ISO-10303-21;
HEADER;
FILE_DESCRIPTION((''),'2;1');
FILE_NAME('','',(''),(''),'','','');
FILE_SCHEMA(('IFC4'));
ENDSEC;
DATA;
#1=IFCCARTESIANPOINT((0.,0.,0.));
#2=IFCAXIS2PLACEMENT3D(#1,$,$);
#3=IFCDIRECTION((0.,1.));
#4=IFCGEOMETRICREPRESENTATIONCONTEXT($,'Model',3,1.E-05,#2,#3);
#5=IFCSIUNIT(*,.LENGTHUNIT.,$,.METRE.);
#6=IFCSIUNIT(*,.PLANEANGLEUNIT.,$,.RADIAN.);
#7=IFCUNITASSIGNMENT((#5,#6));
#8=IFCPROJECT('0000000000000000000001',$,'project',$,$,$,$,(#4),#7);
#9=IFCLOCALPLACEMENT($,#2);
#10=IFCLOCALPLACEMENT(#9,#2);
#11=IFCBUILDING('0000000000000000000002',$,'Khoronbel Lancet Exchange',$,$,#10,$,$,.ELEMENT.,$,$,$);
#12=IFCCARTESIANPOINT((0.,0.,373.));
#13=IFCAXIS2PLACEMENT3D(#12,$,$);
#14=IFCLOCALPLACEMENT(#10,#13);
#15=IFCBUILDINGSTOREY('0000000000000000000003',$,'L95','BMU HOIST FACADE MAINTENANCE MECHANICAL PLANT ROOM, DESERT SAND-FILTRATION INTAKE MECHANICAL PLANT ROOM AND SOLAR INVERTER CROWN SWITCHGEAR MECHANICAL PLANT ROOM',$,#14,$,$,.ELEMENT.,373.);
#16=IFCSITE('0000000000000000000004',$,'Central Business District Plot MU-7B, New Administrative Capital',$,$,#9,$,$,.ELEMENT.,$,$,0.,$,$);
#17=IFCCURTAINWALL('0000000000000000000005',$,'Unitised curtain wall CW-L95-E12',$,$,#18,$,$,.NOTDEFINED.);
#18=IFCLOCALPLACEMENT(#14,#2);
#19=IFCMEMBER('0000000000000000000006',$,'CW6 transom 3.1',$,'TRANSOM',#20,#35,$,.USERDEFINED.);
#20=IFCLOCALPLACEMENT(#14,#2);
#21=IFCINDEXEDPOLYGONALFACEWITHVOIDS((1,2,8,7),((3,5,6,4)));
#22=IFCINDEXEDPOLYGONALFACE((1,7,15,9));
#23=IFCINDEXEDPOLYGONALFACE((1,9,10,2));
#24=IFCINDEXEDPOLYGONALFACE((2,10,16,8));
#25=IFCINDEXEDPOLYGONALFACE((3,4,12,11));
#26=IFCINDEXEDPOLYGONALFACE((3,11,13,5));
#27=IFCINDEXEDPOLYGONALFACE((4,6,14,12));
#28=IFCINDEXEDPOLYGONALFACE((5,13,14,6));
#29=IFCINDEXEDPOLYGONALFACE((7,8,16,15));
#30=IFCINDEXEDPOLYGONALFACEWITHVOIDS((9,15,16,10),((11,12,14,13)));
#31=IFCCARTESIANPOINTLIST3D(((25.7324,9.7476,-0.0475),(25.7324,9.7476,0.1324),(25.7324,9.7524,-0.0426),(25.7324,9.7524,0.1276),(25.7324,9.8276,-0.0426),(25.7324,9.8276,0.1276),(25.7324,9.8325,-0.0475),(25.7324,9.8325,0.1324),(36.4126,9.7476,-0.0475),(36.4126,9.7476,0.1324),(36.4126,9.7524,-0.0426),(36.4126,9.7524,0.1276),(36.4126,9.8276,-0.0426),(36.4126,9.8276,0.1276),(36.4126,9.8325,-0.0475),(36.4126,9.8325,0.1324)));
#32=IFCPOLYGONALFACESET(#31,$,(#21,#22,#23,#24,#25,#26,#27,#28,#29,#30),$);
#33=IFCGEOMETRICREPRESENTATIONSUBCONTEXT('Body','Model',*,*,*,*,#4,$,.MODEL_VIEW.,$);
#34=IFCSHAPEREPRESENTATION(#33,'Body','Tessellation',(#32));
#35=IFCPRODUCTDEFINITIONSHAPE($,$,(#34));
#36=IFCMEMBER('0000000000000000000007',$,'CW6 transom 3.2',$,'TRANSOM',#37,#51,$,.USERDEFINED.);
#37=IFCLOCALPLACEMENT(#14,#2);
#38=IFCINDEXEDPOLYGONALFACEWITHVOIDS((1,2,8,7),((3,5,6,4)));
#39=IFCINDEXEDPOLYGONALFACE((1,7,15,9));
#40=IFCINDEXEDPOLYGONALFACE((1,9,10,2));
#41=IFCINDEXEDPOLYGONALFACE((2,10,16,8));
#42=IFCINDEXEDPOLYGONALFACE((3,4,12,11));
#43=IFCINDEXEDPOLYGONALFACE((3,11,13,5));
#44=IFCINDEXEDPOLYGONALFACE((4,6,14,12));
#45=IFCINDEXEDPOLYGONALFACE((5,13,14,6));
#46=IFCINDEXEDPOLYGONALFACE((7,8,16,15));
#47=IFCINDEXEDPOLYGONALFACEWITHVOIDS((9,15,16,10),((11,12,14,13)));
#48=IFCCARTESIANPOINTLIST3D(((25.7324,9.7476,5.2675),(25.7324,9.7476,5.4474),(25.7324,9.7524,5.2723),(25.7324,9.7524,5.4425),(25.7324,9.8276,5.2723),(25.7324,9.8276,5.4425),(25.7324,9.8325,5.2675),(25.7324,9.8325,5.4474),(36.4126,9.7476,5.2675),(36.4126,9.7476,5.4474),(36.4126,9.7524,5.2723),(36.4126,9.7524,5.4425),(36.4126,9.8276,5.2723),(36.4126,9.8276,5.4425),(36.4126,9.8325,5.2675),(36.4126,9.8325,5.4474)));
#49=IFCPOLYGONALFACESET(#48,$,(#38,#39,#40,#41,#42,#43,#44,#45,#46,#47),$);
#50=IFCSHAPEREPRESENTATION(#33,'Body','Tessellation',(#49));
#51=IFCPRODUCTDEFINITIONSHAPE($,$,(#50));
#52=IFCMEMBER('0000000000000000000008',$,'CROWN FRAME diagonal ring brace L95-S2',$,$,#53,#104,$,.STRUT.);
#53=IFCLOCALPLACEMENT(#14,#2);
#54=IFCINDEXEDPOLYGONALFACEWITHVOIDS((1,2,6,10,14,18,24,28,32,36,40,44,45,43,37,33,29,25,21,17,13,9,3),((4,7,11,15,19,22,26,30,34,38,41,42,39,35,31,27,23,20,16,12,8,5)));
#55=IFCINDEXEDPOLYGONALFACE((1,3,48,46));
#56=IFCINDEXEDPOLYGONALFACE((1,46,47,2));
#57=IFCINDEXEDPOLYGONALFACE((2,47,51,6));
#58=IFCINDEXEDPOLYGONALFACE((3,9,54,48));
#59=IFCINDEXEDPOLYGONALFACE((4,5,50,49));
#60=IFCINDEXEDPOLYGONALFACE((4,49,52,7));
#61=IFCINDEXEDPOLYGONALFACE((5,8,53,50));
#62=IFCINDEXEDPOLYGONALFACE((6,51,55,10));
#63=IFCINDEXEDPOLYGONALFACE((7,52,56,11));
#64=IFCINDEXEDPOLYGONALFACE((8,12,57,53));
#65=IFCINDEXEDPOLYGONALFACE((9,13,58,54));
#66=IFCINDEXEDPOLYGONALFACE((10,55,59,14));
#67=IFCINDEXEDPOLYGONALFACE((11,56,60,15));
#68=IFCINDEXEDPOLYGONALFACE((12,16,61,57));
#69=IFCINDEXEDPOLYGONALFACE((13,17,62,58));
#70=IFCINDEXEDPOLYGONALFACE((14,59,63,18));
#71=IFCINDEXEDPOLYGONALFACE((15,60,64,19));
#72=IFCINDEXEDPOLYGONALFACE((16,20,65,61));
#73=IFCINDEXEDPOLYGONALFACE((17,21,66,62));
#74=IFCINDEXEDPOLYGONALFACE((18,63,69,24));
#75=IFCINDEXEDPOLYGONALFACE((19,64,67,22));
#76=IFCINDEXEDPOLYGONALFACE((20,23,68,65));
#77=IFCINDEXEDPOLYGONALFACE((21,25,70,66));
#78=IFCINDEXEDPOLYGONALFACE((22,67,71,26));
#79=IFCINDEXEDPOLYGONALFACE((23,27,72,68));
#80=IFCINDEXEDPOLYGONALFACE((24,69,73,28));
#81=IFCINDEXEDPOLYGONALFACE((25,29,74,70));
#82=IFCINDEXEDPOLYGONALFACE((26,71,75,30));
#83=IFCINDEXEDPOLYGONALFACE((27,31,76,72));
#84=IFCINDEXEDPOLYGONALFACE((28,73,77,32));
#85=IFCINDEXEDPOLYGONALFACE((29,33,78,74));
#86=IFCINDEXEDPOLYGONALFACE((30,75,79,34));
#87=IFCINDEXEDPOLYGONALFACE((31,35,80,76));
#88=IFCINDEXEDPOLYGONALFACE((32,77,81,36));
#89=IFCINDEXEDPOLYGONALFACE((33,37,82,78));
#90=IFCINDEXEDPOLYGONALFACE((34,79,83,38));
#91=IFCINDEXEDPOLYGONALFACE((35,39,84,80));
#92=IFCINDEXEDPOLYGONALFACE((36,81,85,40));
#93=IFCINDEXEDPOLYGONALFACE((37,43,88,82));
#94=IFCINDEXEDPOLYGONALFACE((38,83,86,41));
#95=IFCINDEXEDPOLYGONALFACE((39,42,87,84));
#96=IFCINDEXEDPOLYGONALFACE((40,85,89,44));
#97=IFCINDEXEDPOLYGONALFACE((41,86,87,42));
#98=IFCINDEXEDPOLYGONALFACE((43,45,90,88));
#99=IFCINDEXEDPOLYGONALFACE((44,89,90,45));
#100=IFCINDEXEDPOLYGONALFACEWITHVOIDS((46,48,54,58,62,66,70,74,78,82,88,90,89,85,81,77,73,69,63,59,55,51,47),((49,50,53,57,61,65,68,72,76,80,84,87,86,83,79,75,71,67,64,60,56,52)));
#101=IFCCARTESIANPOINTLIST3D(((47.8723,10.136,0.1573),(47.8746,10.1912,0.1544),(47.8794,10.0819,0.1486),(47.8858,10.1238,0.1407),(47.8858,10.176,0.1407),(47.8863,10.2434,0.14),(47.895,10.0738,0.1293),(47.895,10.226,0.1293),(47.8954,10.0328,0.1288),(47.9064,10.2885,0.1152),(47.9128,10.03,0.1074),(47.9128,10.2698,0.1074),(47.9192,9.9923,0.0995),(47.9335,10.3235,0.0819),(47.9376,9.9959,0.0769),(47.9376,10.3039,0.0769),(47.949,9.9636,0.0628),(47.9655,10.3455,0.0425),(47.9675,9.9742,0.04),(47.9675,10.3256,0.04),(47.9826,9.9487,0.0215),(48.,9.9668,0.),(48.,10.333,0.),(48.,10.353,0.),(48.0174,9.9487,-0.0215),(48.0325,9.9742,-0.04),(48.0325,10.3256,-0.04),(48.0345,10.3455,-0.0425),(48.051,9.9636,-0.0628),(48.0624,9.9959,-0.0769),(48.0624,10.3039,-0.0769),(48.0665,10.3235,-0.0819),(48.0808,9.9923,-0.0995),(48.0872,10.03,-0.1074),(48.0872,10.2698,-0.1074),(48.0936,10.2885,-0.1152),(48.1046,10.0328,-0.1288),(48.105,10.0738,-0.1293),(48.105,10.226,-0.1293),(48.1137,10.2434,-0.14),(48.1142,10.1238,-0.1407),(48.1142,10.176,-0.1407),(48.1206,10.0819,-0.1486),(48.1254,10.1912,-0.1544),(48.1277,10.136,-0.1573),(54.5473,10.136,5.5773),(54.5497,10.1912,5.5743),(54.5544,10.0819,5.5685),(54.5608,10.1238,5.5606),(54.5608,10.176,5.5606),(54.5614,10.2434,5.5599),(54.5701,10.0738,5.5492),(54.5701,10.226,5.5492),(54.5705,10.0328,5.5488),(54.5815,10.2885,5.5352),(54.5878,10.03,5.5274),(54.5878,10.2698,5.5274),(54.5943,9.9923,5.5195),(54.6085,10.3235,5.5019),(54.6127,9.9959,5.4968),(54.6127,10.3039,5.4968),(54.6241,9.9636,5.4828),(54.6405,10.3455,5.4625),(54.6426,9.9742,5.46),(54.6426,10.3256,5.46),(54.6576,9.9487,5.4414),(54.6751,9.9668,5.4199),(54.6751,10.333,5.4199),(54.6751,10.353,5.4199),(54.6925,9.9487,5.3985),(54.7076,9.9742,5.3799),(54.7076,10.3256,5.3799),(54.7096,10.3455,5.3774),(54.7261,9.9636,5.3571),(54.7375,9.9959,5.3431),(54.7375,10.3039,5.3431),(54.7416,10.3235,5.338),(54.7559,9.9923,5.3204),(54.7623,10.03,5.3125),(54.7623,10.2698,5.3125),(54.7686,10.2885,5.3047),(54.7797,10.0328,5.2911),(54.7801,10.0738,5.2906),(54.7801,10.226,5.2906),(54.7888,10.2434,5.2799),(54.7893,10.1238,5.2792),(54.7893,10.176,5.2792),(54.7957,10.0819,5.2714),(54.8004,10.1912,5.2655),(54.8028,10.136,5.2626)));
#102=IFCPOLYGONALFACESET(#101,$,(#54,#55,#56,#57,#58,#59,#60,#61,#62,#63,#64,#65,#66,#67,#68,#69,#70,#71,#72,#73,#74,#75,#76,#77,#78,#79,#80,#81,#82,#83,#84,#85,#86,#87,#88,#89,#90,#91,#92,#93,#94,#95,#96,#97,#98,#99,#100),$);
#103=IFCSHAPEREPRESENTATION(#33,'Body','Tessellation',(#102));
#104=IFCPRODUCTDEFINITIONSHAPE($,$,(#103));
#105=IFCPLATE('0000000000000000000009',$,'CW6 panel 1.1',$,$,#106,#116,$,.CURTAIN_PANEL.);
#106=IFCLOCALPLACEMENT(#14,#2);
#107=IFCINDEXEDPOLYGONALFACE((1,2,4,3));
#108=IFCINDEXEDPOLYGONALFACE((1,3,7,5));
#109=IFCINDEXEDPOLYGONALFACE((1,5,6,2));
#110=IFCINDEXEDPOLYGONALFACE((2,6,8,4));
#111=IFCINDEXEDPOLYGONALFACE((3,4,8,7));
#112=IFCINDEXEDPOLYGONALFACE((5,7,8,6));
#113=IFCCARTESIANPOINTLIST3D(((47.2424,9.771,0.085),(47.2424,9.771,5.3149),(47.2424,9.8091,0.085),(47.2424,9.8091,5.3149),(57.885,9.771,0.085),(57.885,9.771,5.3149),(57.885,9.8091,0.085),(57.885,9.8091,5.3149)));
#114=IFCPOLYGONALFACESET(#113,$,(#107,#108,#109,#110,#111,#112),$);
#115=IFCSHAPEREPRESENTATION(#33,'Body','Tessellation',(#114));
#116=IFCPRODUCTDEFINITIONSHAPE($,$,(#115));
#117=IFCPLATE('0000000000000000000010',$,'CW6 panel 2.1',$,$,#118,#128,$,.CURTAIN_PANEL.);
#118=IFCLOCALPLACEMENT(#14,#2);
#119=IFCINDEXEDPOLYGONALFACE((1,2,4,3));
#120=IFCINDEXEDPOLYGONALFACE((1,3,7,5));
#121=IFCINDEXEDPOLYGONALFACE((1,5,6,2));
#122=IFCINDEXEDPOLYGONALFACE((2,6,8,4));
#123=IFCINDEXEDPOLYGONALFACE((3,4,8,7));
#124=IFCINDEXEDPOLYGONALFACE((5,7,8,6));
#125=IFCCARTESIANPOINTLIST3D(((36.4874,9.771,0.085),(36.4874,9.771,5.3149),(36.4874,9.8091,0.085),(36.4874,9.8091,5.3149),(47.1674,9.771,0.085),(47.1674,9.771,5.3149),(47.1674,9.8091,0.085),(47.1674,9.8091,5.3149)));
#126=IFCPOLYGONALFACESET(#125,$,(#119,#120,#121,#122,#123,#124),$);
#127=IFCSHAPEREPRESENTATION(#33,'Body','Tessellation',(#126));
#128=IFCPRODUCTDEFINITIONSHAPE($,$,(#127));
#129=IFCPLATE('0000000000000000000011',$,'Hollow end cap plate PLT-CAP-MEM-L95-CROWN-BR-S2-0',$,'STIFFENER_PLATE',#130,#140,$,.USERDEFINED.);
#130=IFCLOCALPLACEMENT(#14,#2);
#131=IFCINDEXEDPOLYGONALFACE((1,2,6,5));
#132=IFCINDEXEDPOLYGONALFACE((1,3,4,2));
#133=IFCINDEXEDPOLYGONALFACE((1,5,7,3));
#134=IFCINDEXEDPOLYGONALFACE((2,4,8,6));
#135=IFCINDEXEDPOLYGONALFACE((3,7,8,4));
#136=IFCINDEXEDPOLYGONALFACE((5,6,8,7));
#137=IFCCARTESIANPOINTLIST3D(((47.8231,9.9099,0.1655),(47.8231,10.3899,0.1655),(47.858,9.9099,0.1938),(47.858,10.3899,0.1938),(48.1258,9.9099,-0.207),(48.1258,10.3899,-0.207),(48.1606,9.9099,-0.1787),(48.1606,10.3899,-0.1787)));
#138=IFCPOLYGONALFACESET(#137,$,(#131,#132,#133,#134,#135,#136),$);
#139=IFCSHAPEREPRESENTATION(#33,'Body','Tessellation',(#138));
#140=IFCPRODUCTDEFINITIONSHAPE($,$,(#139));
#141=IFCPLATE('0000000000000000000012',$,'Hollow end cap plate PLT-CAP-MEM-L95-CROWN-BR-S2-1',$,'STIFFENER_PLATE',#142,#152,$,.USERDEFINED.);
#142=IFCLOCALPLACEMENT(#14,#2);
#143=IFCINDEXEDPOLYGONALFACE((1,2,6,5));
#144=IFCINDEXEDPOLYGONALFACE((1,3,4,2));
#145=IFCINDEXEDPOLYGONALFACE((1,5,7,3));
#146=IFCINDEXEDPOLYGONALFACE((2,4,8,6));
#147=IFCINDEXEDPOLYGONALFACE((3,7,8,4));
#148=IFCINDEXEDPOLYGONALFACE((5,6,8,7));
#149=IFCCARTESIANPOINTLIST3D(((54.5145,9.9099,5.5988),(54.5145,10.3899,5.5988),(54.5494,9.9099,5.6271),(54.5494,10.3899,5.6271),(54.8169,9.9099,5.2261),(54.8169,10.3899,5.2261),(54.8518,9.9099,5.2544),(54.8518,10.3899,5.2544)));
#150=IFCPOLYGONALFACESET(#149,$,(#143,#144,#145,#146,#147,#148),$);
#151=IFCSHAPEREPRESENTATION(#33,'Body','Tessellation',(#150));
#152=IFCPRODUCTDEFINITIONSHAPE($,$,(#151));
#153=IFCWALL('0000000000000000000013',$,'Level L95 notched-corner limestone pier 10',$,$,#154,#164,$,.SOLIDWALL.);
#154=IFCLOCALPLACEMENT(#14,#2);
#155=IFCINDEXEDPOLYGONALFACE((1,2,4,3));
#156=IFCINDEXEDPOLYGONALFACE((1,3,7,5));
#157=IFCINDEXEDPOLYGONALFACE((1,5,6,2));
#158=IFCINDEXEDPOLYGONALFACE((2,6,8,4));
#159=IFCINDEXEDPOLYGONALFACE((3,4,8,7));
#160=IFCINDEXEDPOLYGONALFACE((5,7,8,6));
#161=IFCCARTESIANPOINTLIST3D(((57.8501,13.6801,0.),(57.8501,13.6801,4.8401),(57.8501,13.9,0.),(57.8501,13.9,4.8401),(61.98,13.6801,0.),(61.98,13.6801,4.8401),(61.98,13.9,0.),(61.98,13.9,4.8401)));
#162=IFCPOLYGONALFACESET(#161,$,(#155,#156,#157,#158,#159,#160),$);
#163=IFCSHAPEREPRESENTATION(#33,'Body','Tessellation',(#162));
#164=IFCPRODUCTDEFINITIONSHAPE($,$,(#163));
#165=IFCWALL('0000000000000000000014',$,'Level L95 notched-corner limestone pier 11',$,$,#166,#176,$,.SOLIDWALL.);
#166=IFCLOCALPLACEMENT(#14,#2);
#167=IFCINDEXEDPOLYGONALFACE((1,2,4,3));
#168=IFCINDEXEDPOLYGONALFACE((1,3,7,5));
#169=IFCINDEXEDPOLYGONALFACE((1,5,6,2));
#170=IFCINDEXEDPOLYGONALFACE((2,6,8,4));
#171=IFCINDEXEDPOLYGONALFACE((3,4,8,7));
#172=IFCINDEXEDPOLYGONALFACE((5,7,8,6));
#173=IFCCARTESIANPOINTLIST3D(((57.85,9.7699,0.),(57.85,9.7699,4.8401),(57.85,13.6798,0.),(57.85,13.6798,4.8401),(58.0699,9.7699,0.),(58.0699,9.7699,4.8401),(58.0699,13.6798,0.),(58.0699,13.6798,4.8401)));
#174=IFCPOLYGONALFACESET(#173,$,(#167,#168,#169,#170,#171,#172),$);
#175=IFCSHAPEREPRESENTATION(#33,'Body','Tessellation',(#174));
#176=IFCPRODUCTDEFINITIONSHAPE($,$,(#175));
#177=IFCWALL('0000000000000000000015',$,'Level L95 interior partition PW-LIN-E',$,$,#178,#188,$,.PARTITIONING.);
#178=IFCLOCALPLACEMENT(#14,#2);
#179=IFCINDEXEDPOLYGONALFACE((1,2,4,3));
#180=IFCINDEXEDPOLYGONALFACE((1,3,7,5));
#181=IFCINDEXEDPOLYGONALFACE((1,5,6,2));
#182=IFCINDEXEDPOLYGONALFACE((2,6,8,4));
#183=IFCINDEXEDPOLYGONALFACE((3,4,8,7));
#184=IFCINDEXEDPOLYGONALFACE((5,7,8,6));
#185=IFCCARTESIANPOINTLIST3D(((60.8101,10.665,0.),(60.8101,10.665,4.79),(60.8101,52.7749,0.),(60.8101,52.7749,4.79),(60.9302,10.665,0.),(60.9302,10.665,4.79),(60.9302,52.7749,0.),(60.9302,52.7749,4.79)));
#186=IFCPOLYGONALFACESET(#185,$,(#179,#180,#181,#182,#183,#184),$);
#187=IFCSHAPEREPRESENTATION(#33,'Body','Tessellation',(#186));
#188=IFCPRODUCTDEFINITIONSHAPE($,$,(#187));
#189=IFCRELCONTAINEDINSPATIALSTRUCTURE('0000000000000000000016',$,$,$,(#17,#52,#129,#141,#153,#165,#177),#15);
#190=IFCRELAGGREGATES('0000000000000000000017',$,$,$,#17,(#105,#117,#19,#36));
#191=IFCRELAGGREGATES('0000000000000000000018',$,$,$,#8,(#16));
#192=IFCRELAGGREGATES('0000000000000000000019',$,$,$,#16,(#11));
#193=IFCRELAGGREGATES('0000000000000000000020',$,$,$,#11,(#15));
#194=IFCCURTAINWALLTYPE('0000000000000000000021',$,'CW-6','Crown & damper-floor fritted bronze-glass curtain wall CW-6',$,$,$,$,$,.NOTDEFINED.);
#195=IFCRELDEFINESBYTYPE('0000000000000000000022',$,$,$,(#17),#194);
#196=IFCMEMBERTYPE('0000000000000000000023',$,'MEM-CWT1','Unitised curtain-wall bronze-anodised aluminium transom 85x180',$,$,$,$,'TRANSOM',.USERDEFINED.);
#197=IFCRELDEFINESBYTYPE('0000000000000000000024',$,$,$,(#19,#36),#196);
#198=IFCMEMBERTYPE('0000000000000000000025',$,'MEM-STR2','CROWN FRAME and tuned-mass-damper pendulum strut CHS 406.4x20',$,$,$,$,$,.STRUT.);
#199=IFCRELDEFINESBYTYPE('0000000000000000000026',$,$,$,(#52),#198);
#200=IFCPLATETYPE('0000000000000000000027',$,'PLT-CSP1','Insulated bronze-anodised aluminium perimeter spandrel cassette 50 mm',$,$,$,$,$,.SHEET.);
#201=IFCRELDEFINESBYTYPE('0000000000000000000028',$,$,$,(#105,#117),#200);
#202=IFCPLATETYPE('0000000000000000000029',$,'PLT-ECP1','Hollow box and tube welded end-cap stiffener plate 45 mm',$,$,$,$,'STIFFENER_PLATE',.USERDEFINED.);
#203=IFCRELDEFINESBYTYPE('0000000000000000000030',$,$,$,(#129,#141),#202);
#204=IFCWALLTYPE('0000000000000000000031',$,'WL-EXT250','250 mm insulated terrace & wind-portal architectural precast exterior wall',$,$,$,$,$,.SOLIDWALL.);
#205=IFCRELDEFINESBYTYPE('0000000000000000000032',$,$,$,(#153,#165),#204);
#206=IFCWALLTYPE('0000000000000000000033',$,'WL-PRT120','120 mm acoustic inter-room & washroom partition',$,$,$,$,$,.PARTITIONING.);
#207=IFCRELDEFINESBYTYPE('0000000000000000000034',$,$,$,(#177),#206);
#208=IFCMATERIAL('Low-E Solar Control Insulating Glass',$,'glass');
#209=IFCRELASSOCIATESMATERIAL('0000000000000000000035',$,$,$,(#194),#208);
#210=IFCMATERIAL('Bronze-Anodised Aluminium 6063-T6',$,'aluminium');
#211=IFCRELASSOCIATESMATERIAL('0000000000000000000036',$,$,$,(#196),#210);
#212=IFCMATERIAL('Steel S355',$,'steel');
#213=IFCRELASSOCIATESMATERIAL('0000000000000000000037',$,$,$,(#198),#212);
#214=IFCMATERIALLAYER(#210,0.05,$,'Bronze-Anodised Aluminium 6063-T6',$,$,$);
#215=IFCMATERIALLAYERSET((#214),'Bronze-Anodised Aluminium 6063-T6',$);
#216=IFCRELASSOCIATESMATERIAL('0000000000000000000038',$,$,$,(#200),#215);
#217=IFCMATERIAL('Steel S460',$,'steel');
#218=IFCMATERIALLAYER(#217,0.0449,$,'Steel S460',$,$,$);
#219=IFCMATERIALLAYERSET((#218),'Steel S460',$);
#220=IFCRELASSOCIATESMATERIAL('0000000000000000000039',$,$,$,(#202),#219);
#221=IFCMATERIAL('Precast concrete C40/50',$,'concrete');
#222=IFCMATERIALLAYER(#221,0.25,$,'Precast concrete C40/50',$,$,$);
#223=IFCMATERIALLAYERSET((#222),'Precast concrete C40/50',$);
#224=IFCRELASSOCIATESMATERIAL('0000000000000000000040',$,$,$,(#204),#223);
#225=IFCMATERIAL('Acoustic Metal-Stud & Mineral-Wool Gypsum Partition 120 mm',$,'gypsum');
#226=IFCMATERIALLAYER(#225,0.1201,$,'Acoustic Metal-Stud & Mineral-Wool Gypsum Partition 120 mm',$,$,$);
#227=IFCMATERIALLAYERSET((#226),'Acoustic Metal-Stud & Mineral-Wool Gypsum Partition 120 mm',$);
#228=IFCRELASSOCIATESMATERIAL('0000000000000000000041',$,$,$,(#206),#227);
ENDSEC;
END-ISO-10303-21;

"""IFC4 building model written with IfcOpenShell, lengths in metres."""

from ifc_helpers import new_model, si_unit, direction, frame, frame_2d, origin, origin_2d, place, context, subcontext, project, spatial, polyline, rectangle, hollow_rectangle, hollow_circle, outline, extrude, material, layer, layer_set, material_profile, profile_set, type_object, element, aggregate, save


model = new_model("IFC4")

# Units and contexts
model_context = context("Model", 3, precision=1e-05, world=origin(), true_north=direction((0.0, 1.0)))
body_context = subcontext(model_context, "Body", "Model", "MODEL_VIEW")
ifc_project = project(units=[si_unit("LENGTHUNIT", "METRE"), si_unit("PLANEANGLEUNIT", "RADIAN")], contexts=[model_context])

# Site, building, storey
site_placement = place(None, origin())
site = spatial("IfcSite", under=ifc_project, at=site_placement, Name="Central Business District Plot MU-7B, New Administrative Capital", CompositionType="ELEMENT", RefElevation=0.0)
building_placement = place(site_placement, origin())
building = spatial("IfcBuilding", under=site, at=building_placement, Name="Khoronbel Lancet Exchange", CompositionType="ELEMENT")
storey_placement = place(building_placement, frame((0.0, 0.0, 373.0)))
storey = spatial("IfcBuildingStorey", under=building, at=storey_placement, Name="L95", Description="BMU HOIST FACADE MAINTENANCE MECHANICAL PLANT ROOM, DESERT SAND-FILTRATION INTAKE MECHANICAL PLANT ROOM AND SOLAR INVERTER CROWN SWITCHGEAR MECHANICAL PLANT ROOM", CompositionType="ELEMENT", Elevation=373.0)

# Shared definitions
ifc_material_1 = material(Name="Steel S460", Category="steel")

# Shared definitions
ifc_material_2 = material(Name="Steel S355", Category="steel")

# Shared definitions
ifc_material_3 = material(Name="Low-E Solar Control Insulating Glass", Category="glass")
curtain_wall_type = type_object("IfcCurtainWallType", Name="CW-6", Description="Crown & damper-floor fritted bronze-glass curtain wall CW-6", PredefinedType="NOTDEFINED", material=ifc_material_3)
ifc_material_4 = material(Name="Bronze-Anodised Aluminium 6063-T6", Category="aluminium")

# Curtain wall, members
curtain_wall_1_placement = place(storey_placement, origin())
curtain_wall_1 = element("IfcCurtainWall", 1, at=curtain_wall_1_placement, inside=storey, type_object=curtain_wall_type, Name="Unitised curtain wall CW-L95-E12", PredefinedType="NOTDEFINED")
ifc_material_profile_1 = material_profile(ifc_material_4, hollow_rectangle(XDim=0.085, YDim=0.1799, WallThickness=0.0049, at=origin_2d()), Name="ALU TRANSOM 85x180")
ifc_profile_set_1 = profile_set([ifc_material_profile_1], Name="Bronze-Anodised Aluminium 6063-T6")
member_type_1 = type_object("IfcMemberType", Name="MEM-CWT1", Description="Unitised curtain-wall bronze-anodised aluminium transom 85x180", ElementType="TRANSOM", PredefinedType="USERDEFINED", material=ifc_profile_set_1)
member_1_placement = place(storey_placement, frame((36.4126, 9.79, 0.0425), z_axis=(-1.0, 0.0, 0.0), x_axis=(0.0, -1.0, 0.0)))
member_1 = element("IfcMember", 2, at=member_1_placement, type_object=member_type_1, Name="CW6 transom 3.1", ObjectType="TRANSOM", PredefinedType="USERDEFINED", context=body_context, shape_type="SweptSolid", body=[
    extrude(hollow_rectangle(XDim=0.085, YDim=0.1799, WallThickness=0.0049, at=origin_2d()), origin(), (0.0, 0.0, 1.0), 10.6802),
])
member_2_placement = place(storey_placement, frame((36.4126, 9.79, 5.3574), z_axis=(-1.0, 0.0, 0.0), x_axis=(0.0, -1.0, 0.0)))
member_2 = element("IfcMember", 3, at=member_2_placement, type_object=member_type_1, Name="CW6 transom 3.2", ObjectType="TRANSOM", PredefinedType="USERDEFINED", context=body_context, shape_type="SweptSolid", body=[
    extrude(hollow_rectangle(XDim=0.085, YDim=0.1799, WallThickness=0.0049, at=origin_2d()), origin(), (0.0, 0.0, 1.0), 10.6802),
])

# Member
ifc_material_profile_2 = material_profile(ifc_material_2, hollow_circle(Radius=0.2031, WallThickness=0.02, at=origin_2d()), Name="CHS 406.4x20")
ifc_profile_set_2 = profile_set([ifc_material_profile_2], Name="Steel S355")
member_type_2 = type_object("IfcMemberType", Name="MEM-STR2", Description="CROWN FRAME and tuned-mass-damper pendulum strut CHS 406.4x20", PredefinedType="STRUT", material=ifc_profile_set_2)
member_3_placement = place(storey_placement, frame((48.0, 10.1499, 0.0), z_axis=(0.776316, 0.0, 0.630344), x_axis=(0.0, 1.0, 0.0)))
element("IfcMember", 4, at=member_3_placement, inside=storey, type_object=member_type_2, Name="CROWN FRAME diagonal ring brace L95-S2", PredefinedType="STRUT", context=body_context, shape_type="SweptSolid", body=[
    extrude(hollow_circle(Radius=0.2031, WallThickness=0.02, at=origin_2d()), origin(), (0.0, 0.0, 1.0), 8.5984),
])

# Plates
ifc_layer_1 = layer(ifc_material_4, 0.05, Name="Bronze-Anodised Aluminium 6063-T6")
ifc_layer_set_1 = layer_set([ifc_layer_1], Name="Bronze-Anodised Aluminium 6063-T6")
plate_type_1 = type_object("IfcPlateType", Name="PLT-CSP1", Description="Insulated bronze-anodised aluminium perimeter spandrel cassette 50 mm", PredefinedType="SHEET", material=ifc_layer_set_1)
plate_1_placement = place(storey_placement, frame((52.5637, 9.79, 0.085), z_axis=(0.0, 0.0, 1.0), x_axis=(-1.0, 0.0, 0.0)))
plate_1 = element("IfcPlate", 5, at=plate_1_placement, type_object=plate_type_1, Name="CW6 panel 1.1", PredefinedType="CURTAIN_PANEL", context=body_context, shape_type="SweptSolid", body=[
    extrude(rectangle(XDim=10.6426, YDim=0.0381, at=origin_2d()), origin(), (0.0, 0.0, 1.0), 5.23),
])
plate_2_placement = place(storey_placement, frame((41.8274, 9.79, 0.085), z_axis=(0.0, 0.0, 1.0), x_axis=(-1.0, 0.0, 0.0)))
plate_2 = element("IfcPlate", 6, at=plate_2_placement, type_object=plate_type_1, Name="CW6 panel 2.1", PredefinedType="CURTAIN_PANEL", context=body_context, shape_type="SweptSolid", body=[
    extrude(rectangle(XDim=10.6799, YDim=0.0381, at=origin_2d()), origin(), (0.0, 0.0, 1.0), 5.23),
])
aggregate(curtain_wall_1, [plate_1, plate_2, member_1, member_2])

# Plates
ifc_layer_2 = layer(ifc_material_1, 0.0449, Name="Steel S460")
ifc_layer_set_2 = layer_set([ifc_layer_2], Name="Steel S460")
plate_type_2 = type_object("IfcPlateType", Name="PLT-ECP1", Description="Hollow box and tube welded end-cap stiffener plate 45 mm", ElementType="STIFFENER_PLATE", PredefinedType="USERDEFINED", material=ifc_layer_set_2)
for number, where, z_axis, x_axis, name in (
    (7, (48.1606, 9.9099, -0.1787), (0.776083, 0.0, 0.630631), (0.0, 1.0, 0.0), "Hollow end cap plate PLT-CAP-MEM-L95-CROWN-BR-S2-0"),
    (8, (54.8518, 9.9099, 5.2544), (0.776534, 0.0, 0.630076), (0.0, 1.0, 0.0), "Hollow end cap plate PLT-CAP-MEM-L95-CROWN-BR-S2-1"),
):
    element("IfcPlate", number, at=place(storey_placement, frame(where, z_axis=z_axis, x_axis=x_axis)), inside=storey, type_object=plate_type_2, Name=name, ObjectType="STIFFENER_PLATE", PredefinedType="USERDEFINED", context=body_context, shape_type="SweptSolid", body=[
        extrude(outline(polyline([(0.0, 0.0), (0.48, 0.0), (0.48, 0.48), (0.0, 0.48), (0.0, 0.0)])), origin(), (0.0, 0.0, -1.0), 0.0449),
    ])

# Walls
ifc_material_5 = material(Name="Precast concrete C40/50", Category="concrete")
ifc_layer_3 = layer(ifc_material_5, 0.25, Name="Precast concrete C40/50")
ifc_layer_set_3 = layer_set([ifc_layer_3], Name="Precast concrete C40/50")
wall_type_1 = type_object("IfcWallType", Name="WL-EXT250", Description="250 mm insulated terrace & wind-portal architectural precast exterior wall", PredefinedType="SOLIDWALL", material=ifc_layer_set_3)
wall_1_placement = place(storey_placement, frame((61.98, 13.79, 0.0), z_axis=(0.0, 0.0, 1.0), x_axis=(-1.0, 0.0, 0.0)))
element("IfcWall", 9, at=wall_1_placement, inside=storey, type_object=wall_type_1, Name="Level L95 notched-corner limestone pier 10", PredefinedType="SOLIDWALL", context=body_context, shape_type="SweptSolid", body=[
    extrude(rectangle(XDim=4.1299, YDim=0.22, at=frame_2d((2.0649, 0.0))), origin(), (0.0, 0.0, 1.0), 4.8401),
])
wall_2_placement = place(storey_placement, frame((57.96, 13.6799, 0.0), z_axis=(0.0, 0.0, 1.0), x_axis=(0.0, -1.0, 0.0)))
element("IfcWall", 10, at=wall_2_placement, inside=storey, type_object=wall_type_1, Name="Level L95 notched-corner limestone pier 11", PredefinedType="SOLIDWALL", context=body_context, shape_type="SweptSolid", body=[
    extrude(rectangle(XDim=3.9099, YDim=0.22, at=frame_2d((1.9551, 0.0))), origin(), (0.0, 0.0, 1.0), 4.8401),
])
ifc_material_6 = material(Name="Acoustic Metal-Stud & Mineral-Wool Gypsum Partition 120 mm", Category="gypsum")
ifc_layer_4 = layer(ifc_material_6, 0.1201, Name="Acoustic Metal-Stud & Mineral-Wool Gypsum Partition 120 mm")
ifc_layer_set_4 = layer_set([ifc_layer_4], Name="Acoustic Metal-Stud & Mineral-Wool Gypsum Partition 120 mm")
wall_type_2 = type_object("IfcWallType", Name="WL-PRT120", Description="120 mm acoustic inter-room & washroom partition", PredefinedType="PARTITIONING", material=ifc_layer_set_4)
wall_3_placement = place(storey_placement, frame((60.8701, 10.665, 0.0), z_axis=(0.0, 0.0, 1.0), x_axis=(0.0, 1.0, 0.0)))
element("IfcWall", 11, at=wall_3_placement, inside=storey, type_object=wall_type_2, Name="Level L95 interior partition PW-LIN-E", PredefinedType="PARTITIONING", context=body_context, shape_type="SweptSolid", body=[
    extrude(rectangle(XDim=42.1099, YDim=0.1201, at=frame_2d((21.0549, 0.0))), origin(), (0.0, 0.0, 1.0), 4.79),
])

save(model, "model.ifc")
